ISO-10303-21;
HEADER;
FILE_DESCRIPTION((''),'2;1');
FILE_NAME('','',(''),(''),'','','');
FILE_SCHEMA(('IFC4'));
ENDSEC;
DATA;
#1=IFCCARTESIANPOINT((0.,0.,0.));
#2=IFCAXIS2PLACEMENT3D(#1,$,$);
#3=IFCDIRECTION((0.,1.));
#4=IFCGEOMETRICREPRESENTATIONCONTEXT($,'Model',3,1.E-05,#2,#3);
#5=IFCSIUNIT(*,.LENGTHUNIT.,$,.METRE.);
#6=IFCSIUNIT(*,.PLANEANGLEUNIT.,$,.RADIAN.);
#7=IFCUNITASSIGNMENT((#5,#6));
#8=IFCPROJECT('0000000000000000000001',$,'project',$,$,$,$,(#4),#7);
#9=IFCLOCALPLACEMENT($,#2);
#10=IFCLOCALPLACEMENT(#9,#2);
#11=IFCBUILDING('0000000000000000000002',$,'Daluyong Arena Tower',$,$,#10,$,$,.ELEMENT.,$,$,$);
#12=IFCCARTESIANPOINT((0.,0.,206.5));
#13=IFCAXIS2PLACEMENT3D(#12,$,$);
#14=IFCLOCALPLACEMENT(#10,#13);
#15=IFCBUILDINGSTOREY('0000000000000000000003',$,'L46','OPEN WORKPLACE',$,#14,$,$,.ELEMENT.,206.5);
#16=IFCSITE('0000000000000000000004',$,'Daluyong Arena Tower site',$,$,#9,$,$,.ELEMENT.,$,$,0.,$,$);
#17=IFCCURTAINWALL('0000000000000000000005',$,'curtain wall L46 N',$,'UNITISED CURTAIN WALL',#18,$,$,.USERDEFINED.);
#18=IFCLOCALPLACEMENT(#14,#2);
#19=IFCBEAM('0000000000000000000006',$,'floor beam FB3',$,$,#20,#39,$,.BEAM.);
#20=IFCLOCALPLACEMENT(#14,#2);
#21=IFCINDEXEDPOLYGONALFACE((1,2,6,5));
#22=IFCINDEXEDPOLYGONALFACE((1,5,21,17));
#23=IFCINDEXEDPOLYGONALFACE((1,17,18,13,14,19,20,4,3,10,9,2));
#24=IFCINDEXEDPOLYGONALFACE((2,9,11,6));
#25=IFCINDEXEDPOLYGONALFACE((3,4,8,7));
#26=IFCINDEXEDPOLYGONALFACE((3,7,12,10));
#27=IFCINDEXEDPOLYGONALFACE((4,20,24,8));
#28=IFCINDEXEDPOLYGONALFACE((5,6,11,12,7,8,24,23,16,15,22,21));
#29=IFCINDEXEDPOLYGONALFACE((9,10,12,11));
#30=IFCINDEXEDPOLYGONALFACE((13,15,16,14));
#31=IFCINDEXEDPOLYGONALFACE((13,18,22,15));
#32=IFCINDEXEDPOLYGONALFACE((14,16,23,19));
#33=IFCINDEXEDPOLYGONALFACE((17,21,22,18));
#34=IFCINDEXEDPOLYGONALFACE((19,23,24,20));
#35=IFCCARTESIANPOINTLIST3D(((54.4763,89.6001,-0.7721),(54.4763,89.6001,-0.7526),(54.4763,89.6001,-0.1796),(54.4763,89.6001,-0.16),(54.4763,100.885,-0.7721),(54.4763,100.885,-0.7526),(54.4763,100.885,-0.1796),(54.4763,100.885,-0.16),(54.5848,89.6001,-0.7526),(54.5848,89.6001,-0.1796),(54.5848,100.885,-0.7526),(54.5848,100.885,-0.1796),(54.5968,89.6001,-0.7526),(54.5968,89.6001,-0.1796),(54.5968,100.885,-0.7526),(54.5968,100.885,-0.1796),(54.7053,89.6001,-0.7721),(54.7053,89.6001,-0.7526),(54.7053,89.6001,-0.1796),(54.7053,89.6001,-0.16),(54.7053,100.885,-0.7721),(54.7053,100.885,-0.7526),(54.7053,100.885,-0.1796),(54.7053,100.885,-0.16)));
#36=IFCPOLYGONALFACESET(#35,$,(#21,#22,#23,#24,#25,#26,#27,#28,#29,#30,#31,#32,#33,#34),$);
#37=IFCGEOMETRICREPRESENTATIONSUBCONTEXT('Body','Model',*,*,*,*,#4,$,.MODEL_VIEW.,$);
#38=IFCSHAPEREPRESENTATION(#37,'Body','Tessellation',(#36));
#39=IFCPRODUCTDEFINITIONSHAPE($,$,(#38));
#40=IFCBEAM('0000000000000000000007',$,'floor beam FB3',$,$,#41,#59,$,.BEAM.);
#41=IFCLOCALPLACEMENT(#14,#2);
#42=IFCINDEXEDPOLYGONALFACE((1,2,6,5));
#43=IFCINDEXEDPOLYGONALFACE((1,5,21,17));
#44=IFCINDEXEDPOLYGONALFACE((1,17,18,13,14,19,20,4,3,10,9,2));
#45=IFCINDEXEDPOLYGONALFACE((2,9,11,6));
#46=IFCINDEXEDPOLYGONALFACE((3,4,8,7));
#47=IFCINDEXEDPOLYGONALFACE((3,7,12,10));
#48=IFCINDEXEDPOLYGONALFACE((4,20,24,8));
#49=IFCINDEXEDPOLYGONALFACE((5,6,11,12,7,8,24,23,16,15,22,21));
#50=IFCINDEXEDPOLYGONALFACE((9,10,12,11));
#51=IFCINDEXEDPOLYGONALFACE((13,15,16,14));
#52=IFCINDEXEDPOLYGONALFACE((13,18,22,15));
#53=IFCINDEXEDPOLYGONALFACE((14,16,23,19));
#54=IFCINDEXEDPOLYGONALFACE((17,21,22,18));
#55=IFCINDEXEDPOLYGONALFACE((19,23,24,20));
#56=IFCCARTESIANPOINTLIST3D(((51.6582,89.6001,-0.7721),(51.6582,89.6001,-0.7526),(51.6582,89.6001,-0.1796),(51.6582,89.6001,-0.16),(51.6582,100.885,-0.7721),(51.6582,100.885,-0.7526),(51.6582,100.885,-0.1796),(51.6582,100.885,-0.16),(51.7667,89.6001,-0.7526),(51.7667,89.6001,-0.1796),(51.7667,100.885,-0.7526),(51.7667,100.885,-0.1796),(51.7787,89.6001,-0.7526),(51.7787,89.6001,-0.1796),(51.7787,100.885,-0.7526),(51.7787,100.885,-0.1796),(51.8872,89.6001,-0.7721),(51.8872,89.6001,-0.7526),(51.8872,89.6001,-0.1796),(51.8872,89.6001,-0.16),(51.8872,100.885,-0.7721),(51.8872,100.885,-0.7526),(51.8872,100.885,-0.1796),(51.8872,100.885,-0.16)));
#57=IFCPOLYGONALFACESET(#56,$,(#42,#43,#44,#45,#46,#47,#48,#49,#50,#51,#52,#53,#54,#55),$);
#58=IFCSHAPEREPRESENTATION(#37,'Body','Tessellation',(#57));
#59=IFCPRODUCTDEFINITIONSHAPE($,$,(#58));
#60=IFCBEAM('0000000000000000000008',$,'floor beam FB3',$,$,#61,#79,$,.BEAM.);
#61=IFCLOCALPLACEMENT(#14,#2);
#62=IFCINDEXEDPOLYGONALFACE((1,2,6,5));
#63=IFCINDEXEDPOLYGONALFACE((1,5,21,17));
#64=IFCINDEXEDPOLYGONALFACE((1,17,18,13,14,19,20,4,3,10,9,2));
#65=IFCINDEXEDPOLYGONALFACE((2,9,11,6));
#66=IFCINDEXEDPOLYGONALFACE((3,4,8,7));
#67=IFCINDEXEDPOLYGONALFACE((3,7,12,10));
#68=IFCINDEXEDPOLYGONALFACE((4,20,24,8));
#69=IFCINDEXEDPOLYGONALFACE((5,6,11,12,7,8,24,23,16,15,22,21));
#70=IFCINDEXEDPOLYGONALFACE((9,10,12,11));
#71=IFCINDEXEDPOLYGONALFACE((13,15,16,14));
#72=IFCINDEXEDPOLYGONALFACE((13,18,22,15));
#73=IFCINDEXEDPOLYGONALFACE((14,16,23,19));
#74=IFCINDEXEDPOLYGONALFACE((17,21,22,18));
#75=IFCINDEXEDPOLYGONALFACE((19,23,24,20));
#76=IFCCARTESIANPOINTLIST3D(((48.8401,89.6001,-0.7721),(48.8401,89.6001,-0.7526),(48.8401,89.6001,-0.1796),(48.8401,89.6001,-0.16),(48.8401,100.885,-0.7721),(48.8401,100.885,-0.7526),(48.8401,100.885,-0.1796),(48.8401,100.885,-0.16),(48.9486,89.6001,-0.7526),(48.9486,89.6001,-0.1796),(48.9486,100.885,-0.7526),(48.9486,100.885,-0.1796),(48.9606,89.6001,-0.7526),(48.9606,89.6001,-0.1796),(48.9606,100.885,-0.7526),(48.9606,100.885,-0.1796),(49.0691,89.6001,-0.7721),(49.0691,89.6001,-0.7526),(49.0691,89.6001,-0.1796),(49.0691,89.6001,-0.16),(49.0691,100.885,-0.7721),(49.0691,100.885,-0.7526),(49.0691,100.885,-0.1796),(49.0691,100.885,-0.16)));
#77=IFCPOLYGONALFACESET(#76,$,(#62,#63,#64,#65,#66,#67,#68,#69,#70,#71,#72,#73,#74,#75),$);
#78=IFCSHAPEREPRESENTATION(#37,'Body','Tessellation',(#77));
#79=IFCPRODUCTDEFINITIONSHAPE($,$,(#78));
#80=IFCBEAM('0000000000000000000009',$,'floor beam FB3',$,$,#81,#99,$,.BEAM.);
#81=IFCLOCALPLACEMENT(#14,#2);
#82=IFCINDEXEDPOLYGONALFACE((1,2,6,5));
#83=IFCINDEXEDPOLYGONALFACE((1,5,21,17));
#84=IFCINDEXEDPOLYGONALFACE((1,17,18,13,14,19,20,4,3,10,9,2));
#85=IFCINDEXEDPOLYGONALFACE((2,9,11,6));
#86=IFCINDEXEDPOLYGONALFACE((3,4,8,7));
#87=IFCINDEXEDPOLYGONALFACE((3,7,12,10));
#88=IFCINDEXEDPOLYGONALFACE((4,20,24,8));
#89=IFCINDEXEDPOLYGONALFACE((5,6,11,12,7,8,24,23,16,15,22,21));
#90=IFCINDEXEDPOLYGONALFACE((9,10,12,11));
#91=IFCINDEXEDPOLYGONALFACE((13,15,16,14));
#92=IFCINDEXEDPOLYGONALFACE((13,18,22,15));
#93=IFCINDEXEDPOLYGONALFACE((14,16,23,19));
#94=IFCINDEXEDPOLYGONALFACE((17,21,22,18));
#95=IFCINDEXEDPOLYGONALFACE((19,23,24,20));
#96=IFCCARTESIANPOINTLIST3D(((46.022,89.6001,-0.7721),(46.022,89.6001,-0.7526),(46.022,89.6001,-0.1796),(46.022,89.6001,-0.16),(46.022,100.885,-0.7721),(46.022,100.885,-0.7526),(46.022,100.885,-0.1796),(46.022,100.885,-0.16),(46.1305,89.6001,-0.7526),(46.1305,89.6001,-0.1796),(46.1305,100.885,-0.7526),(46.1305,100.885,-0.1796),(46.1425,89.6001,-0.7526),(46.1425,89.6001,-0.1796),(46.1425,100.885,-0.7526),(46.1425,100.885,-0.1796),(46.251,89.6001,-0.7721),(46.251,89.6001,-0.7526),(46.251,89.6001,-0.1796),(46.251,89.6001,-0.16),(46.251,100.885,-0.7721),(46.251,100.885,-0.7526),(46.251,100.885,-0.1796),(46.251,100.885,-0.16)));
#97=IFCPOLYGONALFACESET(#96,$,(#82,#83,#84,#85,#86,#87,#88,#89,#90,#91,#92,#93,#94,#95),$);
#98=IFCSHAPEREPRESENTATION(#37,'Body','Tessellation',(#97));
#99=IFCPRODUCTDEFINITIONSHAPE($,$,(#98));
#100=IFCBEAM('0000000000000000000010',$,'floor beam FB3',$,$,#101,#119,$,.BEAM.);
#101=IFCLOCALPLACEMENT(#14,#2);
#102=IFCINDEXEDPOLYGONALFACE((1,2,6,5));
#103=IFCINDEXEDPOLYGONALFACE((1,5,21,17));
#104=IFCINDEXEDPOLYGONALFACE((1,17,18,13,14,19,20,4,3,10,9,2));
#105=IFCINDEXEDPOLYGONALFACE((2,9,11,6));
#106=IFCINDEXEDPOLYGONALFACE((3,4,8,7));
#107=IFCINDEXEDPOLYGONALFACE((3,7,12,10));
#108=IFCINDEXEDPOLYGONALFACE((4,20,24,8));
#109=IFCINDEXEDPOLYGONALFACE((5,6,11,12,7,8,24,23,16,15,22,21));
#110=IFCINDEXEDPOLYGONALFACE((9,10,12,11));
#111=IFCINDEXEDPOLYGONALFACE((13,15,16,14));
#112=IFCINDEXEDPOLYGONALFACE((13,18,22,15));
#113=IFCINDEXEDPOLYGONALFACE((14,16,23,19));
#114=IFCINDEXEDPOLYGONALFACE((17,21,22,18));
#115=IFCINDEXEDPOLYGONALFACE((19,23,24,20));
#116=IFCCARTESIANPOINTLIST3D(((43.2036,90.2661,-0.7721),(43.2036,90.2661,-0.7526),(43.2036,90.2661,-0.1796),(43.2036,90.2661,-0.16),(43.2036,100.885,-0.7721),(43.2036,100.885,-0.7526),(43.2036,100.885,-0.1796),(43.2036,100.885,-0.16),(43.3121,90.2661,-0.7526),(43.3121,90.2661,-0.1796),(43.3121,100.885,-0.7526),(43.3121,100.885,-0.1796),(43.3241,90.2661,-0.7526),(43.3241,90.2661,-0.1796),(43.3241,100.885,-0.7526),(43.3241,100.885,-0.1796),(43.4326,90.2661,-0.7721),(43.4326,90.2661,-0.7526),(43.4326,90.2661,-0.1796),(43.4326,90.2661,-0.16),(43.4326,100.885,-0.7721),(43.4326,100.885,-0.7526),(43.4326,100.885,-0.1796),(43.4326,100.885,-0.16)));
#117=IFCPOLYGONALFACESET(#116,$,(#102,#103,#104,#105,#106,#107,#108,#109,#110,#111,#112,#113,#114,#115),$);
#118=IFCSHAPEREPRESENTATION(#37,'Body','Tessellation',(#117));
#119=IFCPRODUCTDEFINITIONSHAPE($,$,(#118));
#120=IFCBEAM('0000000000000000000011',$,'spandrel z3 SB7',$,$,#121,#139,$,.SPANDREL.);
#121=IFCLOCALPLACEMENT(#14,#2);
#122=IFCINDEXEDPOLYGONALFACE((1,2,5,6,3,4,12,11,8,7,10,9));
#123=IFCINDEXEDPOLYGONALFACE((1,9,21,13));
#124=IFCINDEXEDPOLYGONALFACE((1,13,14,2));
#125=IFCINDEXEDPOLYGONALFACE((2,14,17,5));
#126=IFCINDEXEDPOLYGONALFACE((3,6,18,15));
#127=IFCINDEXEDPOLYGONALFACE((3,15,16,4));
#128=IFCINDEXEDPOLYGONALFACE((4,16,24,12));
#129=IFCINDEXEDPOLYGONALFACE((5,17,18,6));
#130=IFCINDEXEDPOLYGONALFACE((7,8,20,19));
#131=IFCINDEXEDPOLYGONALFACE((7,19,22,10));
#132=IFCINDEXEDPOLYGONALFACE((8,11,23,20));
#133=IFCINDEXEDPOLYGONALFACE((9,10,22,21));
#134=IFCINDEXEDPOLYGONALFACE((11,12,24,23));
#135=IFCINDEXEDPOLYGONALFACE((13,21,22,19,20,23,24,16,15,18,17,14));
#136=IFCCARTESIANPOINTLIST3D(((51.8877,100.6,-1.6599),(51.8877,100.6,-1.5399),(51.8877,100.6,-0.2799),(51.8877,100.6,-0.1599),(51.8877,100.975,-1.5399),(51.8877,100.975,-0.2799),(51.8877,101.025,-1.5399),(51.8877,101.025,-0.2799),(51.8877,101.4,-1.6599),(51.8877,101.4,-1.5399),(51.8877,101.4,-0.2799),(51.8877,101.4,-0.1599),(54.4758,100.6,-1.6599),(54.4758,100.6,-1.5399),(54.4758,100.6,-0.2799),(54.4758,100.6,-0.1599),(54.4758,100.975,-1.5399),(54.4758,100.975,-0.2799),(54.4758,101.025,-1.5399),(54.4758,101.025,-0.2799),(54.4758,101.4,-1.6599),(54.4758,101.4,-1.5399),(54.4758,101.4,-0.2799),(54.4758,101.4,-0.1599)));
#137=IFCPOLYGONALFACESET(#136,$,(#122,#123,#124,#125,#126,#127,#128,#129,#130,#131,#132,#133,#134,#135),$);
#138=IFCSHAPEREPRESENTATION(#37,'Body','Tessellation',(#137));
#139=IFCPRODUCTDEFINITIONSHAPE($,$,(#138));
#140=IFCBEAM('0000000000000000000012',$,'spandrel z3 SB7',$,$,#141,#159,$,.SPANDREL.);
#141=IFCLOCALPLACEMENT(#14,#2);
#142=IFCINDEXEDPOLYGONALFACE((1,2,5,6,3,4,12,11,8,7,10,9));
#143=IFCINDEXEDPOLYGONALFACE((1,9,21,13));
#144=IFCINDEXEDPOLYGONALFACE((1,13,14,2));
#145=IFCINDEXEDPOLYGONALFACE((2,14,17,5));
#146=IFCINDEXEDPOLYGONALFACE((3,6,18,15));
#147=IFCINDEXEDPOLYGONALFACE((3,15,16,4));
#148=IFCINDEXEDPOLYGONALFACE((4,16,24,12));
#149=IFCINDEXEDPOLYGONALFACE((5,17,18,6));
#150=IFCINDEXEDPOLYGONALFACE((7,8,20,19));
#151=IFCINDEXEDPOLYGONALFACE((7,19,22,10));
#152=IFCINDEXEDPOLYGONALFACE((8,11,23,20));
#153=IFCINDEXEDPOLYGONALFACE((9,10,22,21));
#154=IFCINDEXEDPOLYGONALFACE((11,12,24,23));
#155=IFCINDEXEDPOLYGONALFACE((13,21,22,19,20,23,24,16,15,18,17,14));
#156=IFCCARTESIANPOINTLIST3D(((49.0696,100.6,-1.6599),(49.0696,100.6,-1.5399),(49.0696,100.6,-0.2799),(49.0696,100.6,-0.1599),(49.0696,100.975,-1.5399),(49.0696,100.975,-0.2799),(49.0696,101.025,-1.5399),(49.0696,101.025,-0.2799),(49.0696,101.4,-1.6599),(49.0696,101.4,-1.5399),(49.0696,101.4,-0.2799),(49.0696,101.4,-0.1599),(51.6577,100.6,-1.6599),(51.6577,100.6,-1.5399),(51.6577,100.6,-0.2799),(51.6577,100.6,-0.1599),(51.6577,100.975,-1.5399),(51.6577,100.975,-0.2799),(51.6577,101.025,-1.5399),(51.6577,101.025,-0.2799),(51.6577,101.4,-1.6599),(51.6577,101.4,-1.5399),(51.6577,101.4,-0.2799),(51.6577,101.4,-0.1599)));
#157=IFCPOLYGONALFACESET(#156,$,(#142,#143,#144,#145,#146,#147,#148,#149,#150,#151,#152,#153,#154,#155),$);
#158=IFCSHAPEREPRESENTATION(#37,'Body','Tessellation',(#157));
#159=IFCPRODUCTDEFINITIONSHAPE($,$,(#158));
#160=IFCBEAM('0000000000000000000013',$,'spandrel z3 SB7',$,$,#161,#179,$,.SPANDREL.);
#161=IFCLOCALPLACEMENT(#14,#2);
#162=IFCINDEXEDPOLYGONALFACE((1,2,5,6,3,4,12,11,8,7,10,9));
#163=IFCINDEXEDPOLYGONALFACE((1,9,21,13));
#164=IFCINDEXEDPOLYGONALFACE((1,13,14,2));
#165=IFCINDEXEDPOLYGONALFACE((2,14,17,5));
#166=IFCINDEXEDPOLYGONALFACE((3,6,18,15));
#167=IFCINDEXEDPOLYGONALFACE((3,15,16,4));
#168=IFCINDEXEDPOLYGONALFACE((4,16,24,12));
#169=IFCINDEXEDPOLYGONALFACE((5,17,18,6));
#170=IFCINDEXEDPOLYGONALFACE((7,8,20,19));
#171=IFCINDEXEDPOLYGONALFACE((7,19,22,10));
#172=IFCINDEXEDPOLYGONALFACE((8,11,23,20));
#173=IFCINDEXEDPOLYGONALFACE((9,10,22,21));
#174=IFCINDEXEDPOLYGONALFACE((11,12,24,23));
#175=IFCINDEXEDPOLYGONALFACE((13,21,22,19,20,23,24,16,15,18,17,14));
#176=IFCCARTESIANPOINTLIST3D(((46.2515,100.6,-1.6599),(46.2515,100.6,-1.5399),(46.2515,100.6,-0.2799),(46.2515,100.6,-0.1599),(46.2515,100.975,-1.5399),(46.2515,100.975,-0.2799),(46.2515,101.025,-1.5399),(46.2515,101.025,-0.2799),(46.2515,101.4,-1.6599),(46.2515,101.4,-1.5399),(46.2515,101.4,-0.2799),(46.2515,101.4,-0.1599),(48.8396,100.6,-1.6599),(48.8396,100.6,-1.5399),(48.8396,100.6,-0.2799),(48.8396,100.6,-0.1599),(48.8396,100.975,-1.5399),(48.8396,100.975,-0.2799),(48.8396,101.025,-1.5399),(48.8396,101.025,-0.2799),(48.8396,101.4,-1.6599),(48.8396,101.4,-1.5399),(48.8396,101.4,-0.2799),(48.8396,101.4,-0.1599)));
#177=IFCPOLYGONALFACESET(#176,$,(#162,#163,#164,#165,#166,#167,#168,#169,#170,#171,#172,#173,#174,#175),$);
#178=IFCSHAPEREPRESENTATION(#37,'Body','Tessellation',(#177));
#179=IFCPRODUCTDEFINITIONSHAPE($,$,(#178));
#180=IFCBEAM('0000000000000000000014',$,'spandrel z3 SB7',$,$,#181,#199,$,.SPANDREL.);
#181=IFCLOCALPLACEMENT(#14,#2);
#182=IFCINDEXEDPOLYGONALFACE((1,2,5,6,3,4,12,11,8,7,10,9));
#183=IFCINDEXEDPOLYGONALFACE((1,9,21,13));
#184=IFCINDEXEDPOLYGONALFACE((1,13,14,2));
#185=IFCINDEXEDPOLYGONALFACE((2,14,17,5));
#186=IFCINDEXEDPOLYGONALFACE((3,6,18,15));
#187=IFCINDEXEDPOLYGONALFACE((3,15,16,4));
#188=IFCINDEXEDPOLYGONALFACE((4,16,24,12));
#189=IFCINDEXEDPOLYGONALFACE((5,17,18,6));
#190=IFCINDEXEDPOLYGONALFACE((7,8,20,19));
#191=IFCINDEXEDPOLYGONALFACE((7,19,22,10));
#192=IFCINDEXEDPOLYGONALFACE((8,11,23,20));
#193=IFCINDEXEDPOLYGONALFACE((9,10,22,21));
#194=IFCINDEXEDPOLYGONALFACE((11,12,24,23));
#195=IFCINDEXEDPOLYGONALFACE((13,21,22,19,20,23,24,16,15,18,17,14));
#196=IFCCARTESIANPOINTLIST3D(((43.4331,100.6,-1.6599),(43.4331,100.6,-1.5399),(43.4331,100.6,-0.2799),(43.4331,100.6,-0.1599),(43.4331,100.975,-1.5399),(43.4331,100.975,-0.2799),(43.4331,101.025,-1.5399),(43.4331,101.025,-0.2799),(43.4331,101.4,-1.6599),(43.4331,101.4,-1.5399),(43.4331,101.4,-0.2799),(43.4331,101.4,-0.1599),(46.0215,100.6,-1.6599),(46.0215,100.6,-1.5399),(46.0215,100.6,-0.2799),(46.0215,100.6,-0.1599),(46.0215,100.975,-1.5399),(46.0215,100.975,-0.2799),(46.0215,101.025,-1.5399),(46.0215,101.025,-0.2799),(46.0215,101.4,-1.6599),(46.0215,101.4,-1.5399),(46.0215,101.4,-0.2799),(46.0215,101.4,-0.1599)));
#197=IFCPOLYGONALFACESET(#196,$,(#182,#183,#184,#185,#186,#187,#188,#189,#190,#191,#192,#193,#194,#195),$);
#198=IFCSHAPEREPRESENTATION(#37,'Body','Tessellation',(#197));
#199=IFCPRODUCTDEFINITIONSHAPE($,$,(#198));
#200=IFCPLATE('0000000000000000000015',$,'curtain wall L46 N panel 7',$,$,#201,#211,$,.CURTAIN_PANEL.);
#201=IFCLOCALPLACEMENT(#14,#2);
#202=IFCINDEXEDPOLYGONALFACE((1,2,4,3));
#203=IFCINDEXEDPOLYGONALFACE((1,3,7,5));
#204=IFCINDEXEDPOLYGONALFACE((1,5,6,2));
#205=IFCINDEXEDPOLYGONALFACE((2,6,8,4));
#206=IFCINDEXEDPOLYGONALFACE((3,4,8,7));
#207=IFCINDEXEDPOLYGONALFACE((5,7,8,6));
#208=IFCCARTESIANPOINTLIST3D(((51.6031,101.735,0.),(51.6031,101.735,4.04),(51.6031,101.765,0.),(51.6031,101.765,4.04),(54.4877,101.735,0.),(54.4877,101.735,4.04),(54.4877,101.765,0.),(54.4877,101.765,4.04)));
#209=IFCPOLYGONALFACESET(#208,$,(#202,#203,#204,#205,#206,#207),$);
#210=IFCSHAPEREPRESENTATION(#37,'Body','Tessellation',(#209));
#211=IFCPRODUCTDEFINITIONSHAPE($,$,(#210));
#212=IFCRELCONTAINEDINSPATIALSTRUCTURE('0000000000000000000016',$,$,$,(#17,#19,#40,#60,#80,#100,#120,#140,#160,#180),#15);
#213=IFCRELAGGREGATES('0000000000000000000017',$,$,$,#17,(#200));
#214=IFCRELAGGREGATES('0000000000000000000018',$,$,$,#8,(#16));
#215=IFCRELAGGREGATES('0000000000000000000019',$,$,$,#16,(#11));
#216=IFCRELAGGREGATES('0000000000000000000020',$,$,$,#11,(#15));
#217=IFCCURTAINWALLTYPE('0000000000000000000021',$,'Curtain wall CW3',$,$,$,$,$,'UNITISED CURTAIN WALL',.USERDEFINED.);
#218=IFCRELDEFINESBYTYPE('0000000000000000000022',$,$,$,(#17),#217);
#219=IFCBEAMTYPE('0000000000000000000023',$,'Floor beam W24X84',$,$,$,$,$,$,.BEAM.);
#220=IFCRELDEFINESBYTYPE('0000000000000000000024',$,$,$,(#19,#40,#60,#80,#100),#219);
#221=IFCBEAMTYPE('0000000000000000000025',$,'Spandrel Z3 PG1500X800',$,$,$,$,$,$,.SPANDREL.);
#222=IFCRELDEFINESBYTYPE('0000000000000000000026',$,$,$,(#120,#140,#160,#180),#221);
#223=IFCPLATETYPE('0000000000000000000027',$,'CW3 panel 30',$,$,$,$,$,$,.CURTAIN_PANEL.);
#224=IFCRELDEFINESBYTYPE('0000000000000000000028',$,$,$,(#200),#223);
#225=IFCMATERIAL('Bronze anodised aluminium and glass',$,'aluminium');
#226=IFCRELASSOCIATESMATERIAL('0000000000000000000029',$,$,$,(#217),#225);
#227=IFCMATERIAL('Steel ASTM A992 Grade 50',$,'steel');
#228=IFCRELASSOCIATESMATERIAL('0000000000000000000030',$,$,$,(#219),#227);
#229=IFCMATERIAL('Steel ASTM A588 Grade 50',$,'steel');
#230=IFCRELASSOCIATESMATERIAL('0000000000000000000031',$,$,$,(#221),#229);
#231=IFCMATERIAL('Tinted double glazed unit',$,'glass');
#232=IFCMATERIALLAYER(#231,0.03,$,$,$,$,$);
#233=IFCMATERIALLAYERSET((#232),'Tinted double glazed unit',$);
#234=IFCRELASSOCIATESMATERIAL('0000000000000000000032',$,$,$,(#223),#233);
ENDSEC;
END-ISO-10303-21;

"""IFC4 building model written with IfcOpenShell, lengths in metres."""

from ifc_helpers import new_model, si_unit, direction, frame, origin, origin_2d, place, context, subcontext, project, spatial, rectangle, i_section, extrude, material, layer, layer_set, material_profile, profile_set, type_object, element, aggregate, save


model = new_model("IFC4")

# Units and contexts
model_context = context("Model", 3, precision=1e-05, world=origin(), true_north=direction((0.0, 1.0)))
body_context = subcontext(model_context, "Body", "Model", "MODEL_VIEW")
ifc_project = project(units=[si_unit("LENGTHUNIT", "METRE"), si_unit("PLANEANGLEUNIT", "RADIAN")], contexts=[model_context])

# Site, building, storey
site_placement = place(None, origin())
site = spatial("IfcSite", under=ifc_project, at=site_placement, Name="Daluyong Arena Tower site", CompositionType="ELEMENT", RefElevation=0.0)
building_placement = place(site_placement, origin())
building = spatial("IfcBuilding", under=site, at=building_placement, Name="Daluyong Arena Tower", CompositionType="ELEMENT")
storey_placement = place(building_placement, frame((0.0, 0.0, 206.5)))
storey = spatial("IfcBuildingStorey", under=building, at=storey_placement, Name="L46", Description="OPEN WORKPLACE", CompositionType="ELEMENT", Elevation=206.5)

# Curtain wall
ifc_material_1 = material(Name="Bronze anodised aluminium and glass", Category="aluminium")
curtain_wall_type = type_object("IfcCurtainWallType", Name="Curtain wall CW3", ElementType="UNITISED CURTAIN WALL", PredefinedType="USERDEFINED", material=ifc_material_1)
curtain_wall_placement = place(storey_placement, origin())
curtain_wall = element("IfcCurtainWall", 1, at=curtain_wall_placement, inside=storey, type_object=curtain_wall_type, Name="curtain wall L46 N", ObjectType="UNITISED CURTAIN WALL", PredefinedType="USERDEFINED")

# Beams
ifc_material_2 = material(Name="Steel ASTM A992 Grade 50", Category="steel")
ifc_material_profile_1 = material_profile(ifc_material_2, i_section(OverallWidth=0.229, OverallDepth=0.6121, WebThickness=0.012, FlangeThickness=0.0195, at=origin_2d()))
ifc_profile_set_1 = profile_set([ifc_material_profile_1], Name="Steel ASTM A992 Grade 50")
beam_type_1 = type_object("IfcBeamType", Name="Floor beam W24X84", PredefinedType="BEAM", material=ifc_profile_set_1)
for number, where, z_axis, x_axis, name in (
    (2, (54.5908, 100.885, -0.4661), (0.0, -1.0, 0.0), (1.0, 0.0, 0.0), "floor beam FB3"),
    (3, (51.7727, 100.885, -0.4661), (0.0, -1.0, 0.0), (1.0, 0.0, 0.0), "floor beam FB3"),
    (4, (48.9546, 100.885, -0.4661), (0.0, -1.0, 0.0), (1.0, 0.0, 0.0), "floor beam FB3"),
    (5, (46.1365, 100.885, -0.4661), (0.0, -1.0, 0.0), (1.0, 0.0, 0.0), "floor beam FB3"),
):
    element("IfcBeam", number, at=place(storey_placement, frame(where, z_axis=z_axis, x_axis=x_axis)), inside=storey, type_object=beam_type_1, Name=name, PredefinedType="BEAM", context=body_context, shape_type="SweptSolid", body=[
        extrude(i_section(OverallWidth=0.229, OverallDepth=0.6121, WebThickness=0.012, FlangeThickness=0.0195, at=origin_2d()), origin(), (0.0, 0.0, 1.0), 11.2849),
    ])
beam_1_placement = place(storey_placement, frame((43.3181, 100.885, -0.4661), z_axis=(0.0, -1.0, 0.0), x_axis=(1.0, 0.0, 0.0)))
element("IfcBeam", 6, at=beam_1_placement, inside=storey, type_object=beam_type_1, Name="floor beam FB3", PredefinedType="BEAM", context=body_context, shape_type="SweptSolid", body=[
    extrude(i_section(OverallWidth=0.229, OverallDepth=0.6121, WebThickness=0.012, FlangeThickness=0.0195, at=origin_2d()), origin(), (0.0, 0.0, 1.0), 10.6189),
])
ifc_material_3 = material(Name="Steel ASTM A588 Grade 50", Category="steel")
ifc_material_profile_2 = material_profile(ifc_material_3, i_section(OverallWidth=0.8, OverallDepth=1.5, WebThickness=0.05, FlangeThickness=0.12, at=origin_2d()))
ifc_profile_set_2 = profile_set([ifc_material_profile_2], Name="Steel ASTM A588 Grade 50")
beam_type_2 = type_object("IfcBeamType", Name="Spandrel Z3 PG1500X800", PredefinedType="SPANDREL", material=ifc_profile_set_2)
for number, where, z_axis, x_axis, name in (
    (7, (54.4758, 101.0, -0.9099), (-1.0, 0.0, 0.0), (0.0, -1.0, 0.0), "spandrel z3 SB7"),
    (8, (51.6577, 101.0, -0.9099), (-1.0, 0.0, 0.0), (0.0, -1.0, 0.0), "spandrel z3 SB7"),
    (9, (48.8396, 101.0, -0.9099), (-1.0, 0.0, 0.0), (0.0, -1.0, 0.0), "spandrel z3 SB7"),
):
    element("IfcBeam", number, at=place(storey_placement, frame(where, z_axis=z_axis, x_axis=x_axis)), inside=storey, type_object=beam_type_2, Name=name, PredefinedType="SPANDREL", context=body_context, shape_type="SweptSolid", body=[
        extrude(i_section(OverallWidth=0.8, OverallDepth=1.5, WebThickness=0.05, FlangeThickness=0.12, at=origin_2d()), origin(), (0.0, 0.0, 1.0), 2.5881),
    ])
beam_2_placement = place(storey_placement, frame((46.0215, 101.0, -0.9099), z_axis=(-1.0, 0.0, 0.0), x_axis=(0.0, -1.0, 0.0)))
element("IfcBeam", 10, at=beam_2_placement, inside=storey, type_object=beam_type_2, Name="spandrel z3 SB7", PredefinedType="SPANDREL", context=body_context, shape_type="SweptSolid", body=[
    extrude(i_section(OverallWidth=0.8, OverallDepth=1.5, WebThickness=0.05, FlangeThickness=0.12, at=origin_2d()), origin(), (0.0, 0.0, 1.0), 2.5884),
])

# Plate
ifc_material_4 = material(Name="Tinted double glazed unit", Category="glass")
ifc_layer_1 = layer(ifc_material_4, 0.03)
ifc_layer_set_1 = layer_set([ifc_layer_1], Name="Tinted double glazed unit")
plate_type = type_object("IfcPlateType", Name="CW3 panel 30", PredefinedType="CURTAIN_PANEL", material=ifc_layer_set_1)
plate_1_placement = place(storey_placement, frame((53.0454, 101.75, 0.0), z_axis=(0.0, 0.0, 1.0), x_axis=(-1.0, 0.0, 0.0)))
plate_1 = element("IfcPlate", 11, at=plate_1_placement, type_object=plate_type, Name="curtain wall L46 N panel 7", PredefinedType="CURTAIN_PANEL", context=body_context, shape_type="SweptSolid", body=[
    extrude(rectangle(XDim=2.8845, YDim=0.03, at=origin_2d()), origin(), (0.0, 0.0, 1.0), 4.04),
])
aggregate(curtain_wall, [plate_1])

save(model, "model.ifc")
